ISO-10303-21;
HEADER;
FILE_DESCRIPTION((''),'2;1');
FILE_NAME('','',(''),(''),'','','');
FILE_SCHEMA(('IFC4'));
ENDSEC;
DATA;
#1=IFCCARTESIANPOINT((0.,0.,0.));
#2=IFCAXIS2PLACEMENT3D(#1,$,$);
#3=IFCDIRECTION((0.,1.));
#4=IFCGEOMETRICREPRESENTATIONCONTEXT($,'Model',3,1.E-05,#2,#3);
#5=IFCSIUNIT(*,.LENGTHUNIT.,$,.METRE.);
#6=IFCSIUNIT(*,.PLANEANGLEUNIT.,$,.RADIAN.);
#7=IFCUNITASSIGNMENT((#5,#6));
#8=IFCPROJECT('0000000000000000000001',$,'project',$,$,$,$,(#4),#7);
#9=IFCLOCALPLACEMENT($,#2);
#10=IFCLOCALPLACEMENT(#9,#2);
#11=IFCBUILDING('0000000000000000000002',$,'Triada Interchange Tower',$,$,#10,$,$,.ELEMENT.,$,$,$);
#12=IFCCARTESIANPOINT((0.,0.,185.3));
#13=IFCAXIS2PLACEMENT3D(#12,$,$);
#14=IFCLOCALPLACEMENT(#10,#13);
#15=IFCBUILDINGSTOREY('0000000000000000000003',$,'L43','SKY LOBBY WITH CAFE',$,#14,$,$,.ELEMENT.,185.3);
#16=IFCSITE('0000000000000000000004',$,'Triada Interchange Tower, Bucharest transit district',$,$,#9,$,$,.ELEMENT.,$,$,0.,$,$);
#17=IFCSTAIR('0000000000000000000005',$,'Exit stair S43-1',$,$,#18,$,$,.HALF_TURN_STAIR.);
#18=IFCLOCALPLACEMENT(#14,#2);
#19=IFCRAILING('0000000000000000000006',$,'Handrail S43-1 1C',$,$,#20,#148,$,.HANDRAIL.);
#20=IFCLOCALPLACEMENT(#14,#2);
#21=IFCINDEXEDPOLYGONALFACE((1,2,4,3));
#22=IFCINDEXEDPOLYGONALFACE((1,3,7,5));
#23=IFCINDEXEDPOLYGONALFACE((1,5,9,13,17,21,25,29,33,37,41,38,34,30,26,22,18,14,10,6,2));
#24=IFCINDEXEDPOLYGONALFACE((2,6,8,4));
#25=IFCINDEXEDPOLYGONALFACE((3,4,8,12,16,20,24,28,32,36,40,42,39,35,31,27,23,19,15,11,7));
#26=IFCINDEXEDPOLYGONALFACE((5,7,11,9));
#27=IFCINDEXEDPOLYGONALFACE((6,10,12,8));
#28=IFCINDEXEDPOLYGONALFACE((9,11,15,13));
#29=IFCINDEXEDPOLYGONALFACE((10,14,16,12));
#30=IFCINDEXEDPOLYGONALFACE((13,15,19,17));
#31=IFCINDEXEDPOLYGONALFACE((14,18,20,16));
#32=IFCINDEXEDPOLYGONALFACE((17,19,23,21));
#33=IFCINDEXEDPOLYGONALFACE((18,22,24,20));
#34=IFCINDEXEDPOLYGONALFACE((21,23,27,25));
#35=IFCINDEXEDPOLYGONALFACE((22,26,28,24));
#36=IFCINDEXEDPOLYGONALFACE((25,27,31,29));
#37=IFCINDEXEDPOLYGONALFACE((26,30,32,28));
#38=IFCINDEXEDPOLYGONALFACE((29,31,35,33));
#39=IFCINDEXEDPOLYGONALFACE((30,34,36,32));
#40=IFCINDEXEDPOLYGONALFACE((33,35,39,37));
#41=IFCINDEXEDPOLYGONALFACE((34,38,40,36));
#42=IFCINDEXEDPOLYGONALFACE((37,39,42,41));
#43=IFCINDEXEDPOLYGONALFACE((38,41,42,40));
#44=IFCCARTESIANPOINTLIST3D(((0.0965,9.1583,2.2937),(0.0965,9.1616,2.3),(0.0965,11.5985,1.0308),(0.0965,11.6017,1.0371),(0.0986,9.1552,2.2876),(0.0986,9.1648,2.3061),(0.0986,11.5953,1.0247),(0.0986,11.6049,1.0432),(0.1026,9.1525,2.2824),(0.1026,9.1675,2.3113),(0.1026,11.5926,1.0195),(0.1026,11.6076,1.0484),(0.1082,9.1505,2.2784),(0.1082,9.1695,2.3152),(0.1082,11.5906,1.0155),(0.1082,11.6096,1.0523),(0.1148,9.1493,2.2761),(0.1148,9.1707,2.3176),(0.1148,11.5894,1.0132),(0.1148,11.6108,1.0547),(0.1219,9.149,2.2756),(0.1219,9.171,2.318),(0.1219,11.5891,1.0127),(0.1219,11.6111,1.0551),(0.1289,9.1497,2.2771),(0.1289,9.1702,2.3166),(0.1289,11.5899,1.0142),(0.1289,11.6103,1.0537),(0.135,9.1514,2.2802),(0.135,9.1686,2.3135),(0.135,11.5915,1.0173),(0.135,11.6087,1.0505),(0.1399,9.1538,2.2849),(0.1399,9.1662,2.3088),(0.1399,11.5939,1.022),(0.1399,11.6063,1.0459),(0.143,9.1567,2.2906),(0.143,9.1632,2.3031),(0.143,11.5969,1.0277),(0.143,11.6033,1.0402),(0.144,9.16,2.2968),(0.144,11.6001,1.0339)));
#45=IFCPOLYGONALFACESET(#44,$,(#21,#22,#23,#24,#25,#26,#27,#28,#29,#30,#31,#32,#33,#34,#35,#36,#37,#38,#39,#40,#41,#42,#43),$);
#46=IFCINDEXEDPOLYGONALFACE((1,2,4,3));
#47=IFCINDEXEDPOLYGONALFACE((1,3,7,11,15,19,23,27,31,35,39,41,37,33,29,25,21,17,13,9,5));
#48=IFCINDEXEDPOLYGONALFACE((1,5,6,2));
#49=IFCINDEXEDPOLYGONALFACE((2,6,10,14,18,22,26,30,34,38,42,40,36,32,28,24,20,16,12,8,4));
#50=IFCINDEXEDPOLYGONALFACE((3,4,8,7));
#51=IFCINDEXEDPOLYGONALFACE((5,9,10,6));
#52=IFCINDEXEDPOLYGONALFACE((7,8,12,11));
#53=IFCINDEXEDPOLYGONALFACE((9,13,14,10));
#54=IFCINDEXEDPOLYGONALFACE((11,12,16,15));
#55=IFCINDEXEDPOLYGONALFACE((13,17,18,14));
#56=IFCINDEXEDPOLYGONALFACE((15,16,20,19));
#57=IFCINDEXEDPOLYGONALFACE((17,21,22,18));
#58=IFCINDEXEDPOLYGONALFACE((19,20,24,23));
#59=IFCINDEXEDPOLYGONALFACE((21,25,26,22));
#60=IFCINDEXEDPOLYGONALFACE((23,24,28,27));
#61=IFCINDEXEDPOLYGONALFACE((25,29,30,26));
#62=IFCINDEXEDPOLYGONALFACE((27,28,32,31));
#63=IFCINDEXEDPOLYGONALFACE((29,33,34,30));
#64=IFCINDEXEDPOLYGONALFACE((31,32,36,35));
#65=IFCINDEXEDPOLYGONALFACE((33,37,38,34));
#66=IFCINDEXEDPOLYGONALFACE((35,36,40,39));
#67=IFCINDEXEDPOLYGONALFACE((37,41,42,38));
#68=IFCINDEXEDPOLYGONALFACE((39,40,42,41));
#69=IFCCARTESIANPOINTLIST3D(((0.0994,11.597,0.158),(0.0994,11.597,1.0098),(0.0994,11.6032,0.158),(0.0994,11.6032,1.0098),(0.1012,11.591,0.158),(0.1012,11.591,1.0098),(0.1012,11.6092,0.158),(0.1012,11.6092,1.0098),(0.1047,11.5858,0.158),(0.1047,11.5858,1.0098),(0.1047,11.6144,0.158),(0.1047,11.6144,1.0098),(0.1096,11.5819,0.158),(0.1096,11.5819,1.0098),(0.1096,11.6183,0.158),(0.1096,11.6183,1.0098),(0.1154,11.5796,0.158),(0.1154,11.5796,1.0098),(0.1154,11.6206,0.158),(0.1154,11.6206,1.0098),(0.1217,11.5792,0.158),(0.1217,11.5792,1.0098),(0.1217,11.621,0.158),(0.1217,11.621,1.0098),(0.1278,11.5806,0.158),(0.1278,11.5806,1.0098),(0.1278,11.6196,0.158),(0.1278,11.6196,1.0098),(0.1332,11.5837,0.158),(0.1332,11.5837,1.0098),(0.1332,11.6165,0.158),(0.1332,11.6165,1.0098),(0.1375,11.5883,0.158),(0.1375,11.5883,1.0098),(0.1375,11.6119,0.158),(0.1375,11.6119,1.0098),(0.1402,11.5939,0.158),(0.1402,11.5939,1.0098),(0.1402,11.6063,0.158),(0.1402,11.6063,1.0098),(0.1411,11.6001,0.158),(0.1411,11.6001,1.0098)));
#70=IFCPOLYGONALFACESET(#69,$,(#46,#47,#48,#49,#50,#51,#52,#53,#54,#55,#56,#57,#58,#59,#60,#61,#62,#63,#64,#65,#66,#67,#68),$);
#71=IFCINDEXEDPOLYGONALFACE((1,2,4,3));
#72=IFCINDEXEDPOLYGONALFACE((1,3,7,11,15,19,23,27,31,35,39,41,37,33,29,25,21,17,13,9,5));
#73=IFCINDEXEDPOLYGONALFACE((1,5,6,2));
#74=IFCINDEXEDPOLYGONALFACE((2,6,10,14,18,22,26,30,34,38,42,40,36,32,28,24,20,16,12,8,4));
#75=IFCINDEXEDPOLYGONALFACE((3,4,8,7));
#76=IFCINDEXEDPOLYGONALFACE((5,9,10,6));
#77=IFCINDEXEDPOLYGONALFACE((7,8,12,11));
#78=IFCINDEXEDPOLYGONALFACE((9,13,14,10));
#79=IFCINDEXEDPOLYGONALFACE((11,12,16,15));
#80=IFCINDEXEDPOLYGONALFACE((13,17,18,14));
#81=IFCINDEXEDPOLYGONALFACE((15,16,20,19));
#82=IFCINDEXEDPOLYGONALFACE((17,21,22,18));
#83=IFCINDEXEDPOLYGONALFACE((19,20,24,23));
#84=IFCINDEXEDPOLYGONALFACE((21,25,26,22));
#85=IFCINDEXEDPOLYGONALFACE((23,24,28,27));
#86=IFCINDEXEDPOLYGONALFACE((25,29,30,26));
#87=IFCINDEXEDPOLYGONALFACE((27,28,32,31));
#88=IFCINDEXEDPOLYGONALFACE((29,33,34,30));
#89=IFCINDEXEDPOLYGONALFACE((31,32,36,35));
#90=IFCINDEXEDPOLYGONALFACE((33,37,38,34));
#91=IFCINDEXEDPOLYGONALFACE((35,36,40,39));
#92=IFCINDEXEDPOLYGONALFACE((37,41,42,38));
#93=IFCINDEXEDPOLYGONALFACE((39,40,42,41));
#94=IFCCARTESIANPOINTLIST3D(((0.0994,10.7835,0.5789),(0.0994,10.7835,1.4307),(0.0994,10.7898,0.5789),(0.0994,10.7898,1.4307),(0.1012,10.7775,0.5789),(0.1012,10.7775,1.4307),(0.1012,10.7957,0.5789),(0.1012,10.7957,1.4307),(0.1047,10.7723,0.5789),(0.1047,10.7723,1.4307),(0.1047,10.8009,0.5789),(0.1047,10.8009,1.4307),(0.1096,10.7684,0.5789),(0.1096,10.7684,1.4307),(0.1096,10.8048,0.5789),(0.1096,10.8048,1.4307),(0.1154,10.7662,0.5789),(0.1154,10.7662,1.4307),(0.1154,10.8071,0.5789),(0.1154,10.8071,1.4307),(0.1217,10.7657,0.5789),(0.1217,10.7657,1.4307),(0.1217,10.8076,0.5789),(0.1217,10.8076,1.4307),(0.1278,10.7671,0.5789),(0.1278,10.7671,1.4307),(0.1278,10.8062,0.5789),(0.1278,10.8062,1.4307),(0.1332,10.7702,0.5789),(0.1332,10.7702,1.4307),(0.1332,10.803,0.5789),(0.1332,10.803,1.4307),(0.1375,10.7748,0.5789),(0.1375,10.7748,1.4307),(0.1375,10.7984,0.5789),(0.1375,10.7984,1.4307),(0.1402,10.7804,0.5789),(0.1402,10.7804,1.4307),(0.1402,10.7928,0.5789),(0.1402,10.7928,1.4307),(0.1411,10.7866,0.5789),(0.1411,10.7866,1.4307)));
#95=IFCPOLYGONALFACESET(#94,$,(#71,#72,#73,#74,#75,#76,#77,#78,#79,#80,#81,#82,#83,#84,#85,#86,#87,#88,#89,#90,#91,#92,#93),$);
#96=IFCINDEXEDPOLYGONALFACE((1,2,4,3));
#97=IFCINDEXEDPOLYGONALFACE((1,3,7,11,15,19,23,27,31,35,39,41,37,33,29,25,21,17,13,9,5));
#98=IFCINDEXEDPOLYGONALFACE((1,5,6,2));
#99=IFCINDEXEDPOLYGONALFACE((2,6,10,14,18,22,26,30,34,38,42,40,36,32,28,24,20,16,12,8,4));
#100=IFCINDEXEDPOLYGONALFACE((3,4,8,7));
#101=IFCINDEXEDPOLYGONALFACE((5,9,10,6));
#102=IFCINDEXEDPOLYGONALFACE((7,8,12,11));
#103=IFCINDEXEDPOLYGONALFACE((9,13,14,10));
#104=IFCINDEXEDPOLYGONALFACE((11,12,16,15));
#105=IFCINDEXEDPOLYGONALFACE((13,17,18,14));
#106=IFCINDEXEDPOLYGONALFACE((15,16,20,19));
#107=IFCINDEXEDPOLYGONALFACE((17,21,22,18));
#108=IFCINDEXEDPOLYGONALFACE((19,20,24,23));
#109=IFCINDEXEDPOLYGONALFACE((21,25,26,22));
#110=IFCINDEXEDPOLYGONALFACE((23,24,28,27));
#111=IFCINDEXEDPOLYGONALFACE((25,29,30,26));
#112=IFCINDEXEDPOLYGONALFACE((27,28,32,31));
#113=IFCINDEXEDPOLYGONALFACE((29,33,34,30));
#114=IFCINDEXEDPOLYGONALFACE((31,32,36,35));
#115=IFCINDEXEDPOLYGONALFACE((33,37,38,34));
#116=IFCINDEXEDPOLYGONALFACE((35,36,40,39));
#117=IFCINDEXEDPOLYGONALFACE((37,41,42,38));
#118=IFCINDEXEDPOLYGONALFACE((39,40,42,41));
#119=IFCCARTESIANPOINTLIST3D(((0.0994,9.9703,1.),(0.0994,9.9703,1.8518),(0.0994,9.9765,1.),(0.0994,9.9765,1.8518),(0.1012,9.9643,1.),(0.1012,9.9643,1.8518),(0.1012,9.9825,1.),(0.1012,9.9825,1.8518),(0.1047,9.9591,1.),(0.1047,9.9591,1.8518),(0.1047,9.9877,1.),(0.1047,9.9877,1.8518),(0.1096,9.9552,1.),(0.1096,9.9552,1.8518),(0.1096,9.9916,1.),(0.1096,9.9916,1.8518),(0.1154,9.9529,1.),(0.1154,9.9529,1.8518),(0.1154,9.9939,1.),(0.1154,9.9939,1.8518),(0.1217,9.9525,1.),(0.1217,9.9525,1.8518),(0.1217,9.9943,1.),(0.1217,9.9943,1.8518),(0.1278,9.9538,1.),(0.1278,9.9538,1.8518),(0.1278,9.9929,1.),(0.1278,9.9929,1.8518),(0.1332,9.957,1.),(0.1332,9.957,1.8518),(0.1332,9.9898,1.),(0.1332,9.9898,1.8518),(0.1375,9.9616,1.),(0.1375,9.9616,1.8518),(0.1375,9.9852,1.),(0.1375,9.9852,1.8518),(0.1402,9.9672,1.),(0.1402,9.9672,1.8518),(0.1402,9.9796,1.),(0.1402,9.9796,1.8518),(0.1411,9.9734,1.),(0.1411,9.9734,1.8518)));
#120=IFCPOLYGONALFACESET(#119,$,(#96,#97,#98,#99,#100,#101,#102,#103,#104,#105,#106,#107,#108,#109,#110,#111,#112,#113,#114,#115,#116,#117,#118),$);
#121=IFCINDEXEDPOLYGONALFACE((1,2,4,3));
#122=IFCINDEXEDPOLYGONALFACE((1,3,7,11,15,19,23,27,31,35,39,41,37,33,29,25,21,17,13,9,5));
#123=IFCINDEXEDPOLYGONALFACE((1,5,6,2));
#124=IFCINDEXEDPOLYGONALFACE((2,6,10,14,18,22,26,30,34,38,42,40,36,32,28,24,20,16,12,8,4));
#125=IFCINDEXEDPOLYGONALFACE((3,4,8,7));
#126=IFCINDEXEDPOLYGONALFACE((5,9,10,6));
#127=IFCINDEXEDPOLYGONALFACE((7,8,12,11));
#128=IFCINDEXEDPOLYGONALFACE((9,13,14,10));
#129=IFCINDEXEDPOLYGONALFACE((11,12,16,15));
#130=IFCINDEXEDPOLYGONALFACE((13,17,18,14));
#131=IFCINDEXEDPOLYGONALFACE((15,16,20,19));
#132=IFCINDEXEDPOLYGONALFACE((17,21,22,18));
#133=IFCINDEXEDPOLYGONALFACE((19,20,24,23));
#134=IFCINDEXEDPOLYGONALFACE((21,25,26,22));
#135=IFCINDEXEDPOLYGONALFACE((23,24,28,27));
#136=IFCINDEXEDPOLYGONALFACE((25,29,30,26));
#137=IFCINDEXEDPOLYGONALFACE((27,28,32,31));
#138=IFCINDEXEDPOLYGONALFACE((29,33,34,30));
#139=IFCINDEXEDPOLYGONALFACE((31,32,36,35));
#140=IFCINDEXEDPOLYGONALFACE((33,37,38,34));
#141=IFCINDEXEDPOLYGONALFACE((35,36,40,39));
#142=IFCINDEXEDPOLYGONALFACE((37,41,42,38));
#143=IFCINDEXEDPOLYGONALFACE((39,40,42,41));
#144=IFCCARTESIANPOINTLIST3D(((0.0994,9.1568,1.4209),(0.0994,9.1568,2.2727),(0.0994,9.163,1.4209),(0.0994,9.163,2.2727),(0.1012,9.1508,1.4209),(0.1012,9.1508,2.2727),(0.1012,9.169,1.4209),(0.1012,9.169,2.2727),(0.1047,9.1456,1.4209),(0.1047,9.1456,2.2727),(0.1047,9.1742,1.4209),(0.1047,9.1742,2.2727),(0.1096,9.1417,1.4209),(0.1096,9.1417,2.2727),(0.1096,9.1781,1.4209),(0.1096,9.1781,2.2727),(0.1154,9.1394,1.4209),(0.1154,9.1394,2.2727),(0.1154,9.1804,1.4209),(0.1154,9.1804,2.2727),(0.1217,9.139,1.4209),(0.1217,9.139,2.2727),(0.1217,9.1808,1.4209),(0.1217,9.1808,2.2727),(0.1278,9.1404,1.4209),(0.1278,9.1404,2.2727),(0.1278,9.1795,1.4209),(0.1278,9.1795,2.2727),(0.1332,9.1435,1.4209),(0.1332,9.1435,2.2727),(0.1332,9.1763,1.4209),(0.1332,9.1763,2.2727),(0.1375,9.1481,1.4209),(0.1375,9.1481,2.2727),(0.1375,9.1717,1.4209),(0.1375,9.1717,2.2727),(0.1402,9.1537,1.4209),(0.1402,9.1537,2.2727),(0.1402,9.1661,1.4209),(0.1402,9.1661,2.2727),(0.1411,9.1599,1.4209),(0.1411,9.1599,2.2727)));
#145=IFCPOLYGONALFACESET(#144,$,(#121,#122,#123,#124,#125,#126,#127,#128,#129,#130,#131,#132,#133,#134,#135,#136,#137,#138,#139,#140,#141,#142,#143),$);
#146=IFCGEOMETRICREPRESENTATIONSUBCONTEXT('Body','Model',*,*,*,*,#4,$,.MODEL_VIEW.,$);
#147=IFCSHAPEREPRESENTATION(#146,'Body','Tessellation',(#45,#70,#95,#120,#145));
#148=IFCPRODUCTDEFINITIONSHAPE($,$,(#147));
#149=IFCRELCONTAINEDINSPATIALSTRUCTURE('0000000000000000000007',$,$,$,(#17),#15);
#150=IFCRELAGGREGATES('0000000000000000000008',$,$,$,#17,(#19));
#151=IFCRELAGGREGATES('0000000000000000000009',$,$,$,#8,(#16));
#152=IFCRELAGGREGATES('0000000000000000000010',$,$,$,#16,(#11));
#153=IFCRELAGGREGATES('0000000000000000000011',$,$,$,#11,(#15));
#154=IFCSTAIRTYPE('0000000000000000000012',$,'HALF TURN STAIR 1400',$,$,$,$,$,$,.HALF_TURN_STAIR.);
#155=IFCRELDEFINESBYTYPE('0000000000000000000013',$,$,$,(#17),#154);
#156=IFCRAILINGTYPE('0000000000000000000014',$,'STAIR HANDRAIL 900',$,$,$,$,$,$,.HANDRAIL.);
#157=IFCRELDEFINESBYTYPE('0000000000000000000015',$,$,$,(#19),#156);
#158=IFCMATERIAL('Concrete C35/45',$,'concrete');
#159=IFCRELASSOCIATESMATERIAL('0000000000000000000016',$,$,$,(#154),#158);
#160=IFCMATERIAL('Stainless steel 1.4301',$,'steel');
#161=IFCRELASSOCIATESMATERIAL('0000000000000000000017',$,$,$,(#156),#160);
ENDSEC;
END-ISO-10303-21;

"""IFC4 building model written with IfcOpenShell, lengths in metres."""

from ifc_helpers import new_model, si_unit, direction, frame, origin, origin_2d, place, context, subcontext, project, spatial, circle, extrude, material, type_object, element, aggregate, save


model = new_model("IFC4")

# Units and contexts
model_context = context("Model", 3, precision=1e-05, world=origin(), true_north=direction((0.0, 1.0)))
body_context = subcontext(model_context, "Body", "Model", "MODEL_VIEW")
ifc_project = project(units=[si_unit("LENGTHUNIT", "METRE"), si_unit("PLANEANGLEUNIT", "RADIAN")], contexts=[model_context])

# Site, building, storey
site_placement = place(None, origin())
site = spatial("IfcSite", under=ifc_project, at=site_placement, Name="Triada Interchange Tower, Bucharest transit district", CompositionType="ELEMENT", RefElevation=0.0)
building_placement = place(site_placement, origin())
building = spatial("IfcBuilding", under=site, at=building_placement, Name="Triada Interchange Tower", CompositionType="ELEMENT")
storey_placement = place(building_placement, frame((0.0, 0.0, 185.3)))
storey = spatial("IfcBuildingStorey", under=building, at=storey_placement, Name="L43", Description="SKY LOBBY WITH CAFE", CompositionType="ELEMENT", Elevation=185.3)

# Shared definitions
ifc_material_1 = material(Name="Concrete C35/45", Category="concrete")
stair_type = type_object("IfcStairType", Name="HALF TURN STAIR 1400", PredefinedType="HALF_TURN_STAIR", material=ifc_material_1)

# Stair, railing
stair_1_placement = place(storey_placement, origin())
stair_1 = element("IfcStair", 1, at=stair_1_placement, inside=storey, type_object=stair_type, Name="Exit stair S43-1", PredefinedType="HALF_TURN_STAIR")
ifc_material_2 = material(Name="Stainless steel 1.4301", Category="steel")
railing_type = type_object("IfcRailingType", Name="STAIR HANDRAIL 900", PredefinedType="HANDRAIL", material=ifc_material_2)
railing_1_placement = place(storey_placement, frame((0.1201, 11.6001, 0.158)))
railing_1 = element("IfcRailing", 2, at=railing_1_placement, type_object=railing_type, Name="Handrail S43-1 1C", PredefinedType="HANDRAIL", context=body_context, shape_type="SweptSolid", body=[
    extrude(circle(Radius=0.0239, at=origin_2d()), frame((0.0, 0.0, 0.876), z_axis=(0.0, -0.888103, 0.459645), x_axis=(1.0, 0.0, 0.0)), (0.0, 0.0, 1.0), 2.7476),
    extrude(circle(Radius=0.021, at=origin_2d()), origin(), (0.0, 0.0, 1.0), 0.8518),
    extrude(circle(Radius=0.021, at=origin_2d()), frame((0.0, -0.8135, 0.4209)), (0.0, 0.0, 1.0), 0.8518),
    extrude(circle(Radius=0.021, at=origin_2d()), frame((0.0, -1.6267, 0.842)), (0.0, 0.0, 1.0), 0.8518),
    extrude(circle(Radius=0.021, at=origin_2d()), frame((0.0, -2.4402, 1.2629)), (0.0, 0.0, 1.0), 0.8518),
])
aggregate(stair_1, [railing_1])

save(model, "model.ifc")
